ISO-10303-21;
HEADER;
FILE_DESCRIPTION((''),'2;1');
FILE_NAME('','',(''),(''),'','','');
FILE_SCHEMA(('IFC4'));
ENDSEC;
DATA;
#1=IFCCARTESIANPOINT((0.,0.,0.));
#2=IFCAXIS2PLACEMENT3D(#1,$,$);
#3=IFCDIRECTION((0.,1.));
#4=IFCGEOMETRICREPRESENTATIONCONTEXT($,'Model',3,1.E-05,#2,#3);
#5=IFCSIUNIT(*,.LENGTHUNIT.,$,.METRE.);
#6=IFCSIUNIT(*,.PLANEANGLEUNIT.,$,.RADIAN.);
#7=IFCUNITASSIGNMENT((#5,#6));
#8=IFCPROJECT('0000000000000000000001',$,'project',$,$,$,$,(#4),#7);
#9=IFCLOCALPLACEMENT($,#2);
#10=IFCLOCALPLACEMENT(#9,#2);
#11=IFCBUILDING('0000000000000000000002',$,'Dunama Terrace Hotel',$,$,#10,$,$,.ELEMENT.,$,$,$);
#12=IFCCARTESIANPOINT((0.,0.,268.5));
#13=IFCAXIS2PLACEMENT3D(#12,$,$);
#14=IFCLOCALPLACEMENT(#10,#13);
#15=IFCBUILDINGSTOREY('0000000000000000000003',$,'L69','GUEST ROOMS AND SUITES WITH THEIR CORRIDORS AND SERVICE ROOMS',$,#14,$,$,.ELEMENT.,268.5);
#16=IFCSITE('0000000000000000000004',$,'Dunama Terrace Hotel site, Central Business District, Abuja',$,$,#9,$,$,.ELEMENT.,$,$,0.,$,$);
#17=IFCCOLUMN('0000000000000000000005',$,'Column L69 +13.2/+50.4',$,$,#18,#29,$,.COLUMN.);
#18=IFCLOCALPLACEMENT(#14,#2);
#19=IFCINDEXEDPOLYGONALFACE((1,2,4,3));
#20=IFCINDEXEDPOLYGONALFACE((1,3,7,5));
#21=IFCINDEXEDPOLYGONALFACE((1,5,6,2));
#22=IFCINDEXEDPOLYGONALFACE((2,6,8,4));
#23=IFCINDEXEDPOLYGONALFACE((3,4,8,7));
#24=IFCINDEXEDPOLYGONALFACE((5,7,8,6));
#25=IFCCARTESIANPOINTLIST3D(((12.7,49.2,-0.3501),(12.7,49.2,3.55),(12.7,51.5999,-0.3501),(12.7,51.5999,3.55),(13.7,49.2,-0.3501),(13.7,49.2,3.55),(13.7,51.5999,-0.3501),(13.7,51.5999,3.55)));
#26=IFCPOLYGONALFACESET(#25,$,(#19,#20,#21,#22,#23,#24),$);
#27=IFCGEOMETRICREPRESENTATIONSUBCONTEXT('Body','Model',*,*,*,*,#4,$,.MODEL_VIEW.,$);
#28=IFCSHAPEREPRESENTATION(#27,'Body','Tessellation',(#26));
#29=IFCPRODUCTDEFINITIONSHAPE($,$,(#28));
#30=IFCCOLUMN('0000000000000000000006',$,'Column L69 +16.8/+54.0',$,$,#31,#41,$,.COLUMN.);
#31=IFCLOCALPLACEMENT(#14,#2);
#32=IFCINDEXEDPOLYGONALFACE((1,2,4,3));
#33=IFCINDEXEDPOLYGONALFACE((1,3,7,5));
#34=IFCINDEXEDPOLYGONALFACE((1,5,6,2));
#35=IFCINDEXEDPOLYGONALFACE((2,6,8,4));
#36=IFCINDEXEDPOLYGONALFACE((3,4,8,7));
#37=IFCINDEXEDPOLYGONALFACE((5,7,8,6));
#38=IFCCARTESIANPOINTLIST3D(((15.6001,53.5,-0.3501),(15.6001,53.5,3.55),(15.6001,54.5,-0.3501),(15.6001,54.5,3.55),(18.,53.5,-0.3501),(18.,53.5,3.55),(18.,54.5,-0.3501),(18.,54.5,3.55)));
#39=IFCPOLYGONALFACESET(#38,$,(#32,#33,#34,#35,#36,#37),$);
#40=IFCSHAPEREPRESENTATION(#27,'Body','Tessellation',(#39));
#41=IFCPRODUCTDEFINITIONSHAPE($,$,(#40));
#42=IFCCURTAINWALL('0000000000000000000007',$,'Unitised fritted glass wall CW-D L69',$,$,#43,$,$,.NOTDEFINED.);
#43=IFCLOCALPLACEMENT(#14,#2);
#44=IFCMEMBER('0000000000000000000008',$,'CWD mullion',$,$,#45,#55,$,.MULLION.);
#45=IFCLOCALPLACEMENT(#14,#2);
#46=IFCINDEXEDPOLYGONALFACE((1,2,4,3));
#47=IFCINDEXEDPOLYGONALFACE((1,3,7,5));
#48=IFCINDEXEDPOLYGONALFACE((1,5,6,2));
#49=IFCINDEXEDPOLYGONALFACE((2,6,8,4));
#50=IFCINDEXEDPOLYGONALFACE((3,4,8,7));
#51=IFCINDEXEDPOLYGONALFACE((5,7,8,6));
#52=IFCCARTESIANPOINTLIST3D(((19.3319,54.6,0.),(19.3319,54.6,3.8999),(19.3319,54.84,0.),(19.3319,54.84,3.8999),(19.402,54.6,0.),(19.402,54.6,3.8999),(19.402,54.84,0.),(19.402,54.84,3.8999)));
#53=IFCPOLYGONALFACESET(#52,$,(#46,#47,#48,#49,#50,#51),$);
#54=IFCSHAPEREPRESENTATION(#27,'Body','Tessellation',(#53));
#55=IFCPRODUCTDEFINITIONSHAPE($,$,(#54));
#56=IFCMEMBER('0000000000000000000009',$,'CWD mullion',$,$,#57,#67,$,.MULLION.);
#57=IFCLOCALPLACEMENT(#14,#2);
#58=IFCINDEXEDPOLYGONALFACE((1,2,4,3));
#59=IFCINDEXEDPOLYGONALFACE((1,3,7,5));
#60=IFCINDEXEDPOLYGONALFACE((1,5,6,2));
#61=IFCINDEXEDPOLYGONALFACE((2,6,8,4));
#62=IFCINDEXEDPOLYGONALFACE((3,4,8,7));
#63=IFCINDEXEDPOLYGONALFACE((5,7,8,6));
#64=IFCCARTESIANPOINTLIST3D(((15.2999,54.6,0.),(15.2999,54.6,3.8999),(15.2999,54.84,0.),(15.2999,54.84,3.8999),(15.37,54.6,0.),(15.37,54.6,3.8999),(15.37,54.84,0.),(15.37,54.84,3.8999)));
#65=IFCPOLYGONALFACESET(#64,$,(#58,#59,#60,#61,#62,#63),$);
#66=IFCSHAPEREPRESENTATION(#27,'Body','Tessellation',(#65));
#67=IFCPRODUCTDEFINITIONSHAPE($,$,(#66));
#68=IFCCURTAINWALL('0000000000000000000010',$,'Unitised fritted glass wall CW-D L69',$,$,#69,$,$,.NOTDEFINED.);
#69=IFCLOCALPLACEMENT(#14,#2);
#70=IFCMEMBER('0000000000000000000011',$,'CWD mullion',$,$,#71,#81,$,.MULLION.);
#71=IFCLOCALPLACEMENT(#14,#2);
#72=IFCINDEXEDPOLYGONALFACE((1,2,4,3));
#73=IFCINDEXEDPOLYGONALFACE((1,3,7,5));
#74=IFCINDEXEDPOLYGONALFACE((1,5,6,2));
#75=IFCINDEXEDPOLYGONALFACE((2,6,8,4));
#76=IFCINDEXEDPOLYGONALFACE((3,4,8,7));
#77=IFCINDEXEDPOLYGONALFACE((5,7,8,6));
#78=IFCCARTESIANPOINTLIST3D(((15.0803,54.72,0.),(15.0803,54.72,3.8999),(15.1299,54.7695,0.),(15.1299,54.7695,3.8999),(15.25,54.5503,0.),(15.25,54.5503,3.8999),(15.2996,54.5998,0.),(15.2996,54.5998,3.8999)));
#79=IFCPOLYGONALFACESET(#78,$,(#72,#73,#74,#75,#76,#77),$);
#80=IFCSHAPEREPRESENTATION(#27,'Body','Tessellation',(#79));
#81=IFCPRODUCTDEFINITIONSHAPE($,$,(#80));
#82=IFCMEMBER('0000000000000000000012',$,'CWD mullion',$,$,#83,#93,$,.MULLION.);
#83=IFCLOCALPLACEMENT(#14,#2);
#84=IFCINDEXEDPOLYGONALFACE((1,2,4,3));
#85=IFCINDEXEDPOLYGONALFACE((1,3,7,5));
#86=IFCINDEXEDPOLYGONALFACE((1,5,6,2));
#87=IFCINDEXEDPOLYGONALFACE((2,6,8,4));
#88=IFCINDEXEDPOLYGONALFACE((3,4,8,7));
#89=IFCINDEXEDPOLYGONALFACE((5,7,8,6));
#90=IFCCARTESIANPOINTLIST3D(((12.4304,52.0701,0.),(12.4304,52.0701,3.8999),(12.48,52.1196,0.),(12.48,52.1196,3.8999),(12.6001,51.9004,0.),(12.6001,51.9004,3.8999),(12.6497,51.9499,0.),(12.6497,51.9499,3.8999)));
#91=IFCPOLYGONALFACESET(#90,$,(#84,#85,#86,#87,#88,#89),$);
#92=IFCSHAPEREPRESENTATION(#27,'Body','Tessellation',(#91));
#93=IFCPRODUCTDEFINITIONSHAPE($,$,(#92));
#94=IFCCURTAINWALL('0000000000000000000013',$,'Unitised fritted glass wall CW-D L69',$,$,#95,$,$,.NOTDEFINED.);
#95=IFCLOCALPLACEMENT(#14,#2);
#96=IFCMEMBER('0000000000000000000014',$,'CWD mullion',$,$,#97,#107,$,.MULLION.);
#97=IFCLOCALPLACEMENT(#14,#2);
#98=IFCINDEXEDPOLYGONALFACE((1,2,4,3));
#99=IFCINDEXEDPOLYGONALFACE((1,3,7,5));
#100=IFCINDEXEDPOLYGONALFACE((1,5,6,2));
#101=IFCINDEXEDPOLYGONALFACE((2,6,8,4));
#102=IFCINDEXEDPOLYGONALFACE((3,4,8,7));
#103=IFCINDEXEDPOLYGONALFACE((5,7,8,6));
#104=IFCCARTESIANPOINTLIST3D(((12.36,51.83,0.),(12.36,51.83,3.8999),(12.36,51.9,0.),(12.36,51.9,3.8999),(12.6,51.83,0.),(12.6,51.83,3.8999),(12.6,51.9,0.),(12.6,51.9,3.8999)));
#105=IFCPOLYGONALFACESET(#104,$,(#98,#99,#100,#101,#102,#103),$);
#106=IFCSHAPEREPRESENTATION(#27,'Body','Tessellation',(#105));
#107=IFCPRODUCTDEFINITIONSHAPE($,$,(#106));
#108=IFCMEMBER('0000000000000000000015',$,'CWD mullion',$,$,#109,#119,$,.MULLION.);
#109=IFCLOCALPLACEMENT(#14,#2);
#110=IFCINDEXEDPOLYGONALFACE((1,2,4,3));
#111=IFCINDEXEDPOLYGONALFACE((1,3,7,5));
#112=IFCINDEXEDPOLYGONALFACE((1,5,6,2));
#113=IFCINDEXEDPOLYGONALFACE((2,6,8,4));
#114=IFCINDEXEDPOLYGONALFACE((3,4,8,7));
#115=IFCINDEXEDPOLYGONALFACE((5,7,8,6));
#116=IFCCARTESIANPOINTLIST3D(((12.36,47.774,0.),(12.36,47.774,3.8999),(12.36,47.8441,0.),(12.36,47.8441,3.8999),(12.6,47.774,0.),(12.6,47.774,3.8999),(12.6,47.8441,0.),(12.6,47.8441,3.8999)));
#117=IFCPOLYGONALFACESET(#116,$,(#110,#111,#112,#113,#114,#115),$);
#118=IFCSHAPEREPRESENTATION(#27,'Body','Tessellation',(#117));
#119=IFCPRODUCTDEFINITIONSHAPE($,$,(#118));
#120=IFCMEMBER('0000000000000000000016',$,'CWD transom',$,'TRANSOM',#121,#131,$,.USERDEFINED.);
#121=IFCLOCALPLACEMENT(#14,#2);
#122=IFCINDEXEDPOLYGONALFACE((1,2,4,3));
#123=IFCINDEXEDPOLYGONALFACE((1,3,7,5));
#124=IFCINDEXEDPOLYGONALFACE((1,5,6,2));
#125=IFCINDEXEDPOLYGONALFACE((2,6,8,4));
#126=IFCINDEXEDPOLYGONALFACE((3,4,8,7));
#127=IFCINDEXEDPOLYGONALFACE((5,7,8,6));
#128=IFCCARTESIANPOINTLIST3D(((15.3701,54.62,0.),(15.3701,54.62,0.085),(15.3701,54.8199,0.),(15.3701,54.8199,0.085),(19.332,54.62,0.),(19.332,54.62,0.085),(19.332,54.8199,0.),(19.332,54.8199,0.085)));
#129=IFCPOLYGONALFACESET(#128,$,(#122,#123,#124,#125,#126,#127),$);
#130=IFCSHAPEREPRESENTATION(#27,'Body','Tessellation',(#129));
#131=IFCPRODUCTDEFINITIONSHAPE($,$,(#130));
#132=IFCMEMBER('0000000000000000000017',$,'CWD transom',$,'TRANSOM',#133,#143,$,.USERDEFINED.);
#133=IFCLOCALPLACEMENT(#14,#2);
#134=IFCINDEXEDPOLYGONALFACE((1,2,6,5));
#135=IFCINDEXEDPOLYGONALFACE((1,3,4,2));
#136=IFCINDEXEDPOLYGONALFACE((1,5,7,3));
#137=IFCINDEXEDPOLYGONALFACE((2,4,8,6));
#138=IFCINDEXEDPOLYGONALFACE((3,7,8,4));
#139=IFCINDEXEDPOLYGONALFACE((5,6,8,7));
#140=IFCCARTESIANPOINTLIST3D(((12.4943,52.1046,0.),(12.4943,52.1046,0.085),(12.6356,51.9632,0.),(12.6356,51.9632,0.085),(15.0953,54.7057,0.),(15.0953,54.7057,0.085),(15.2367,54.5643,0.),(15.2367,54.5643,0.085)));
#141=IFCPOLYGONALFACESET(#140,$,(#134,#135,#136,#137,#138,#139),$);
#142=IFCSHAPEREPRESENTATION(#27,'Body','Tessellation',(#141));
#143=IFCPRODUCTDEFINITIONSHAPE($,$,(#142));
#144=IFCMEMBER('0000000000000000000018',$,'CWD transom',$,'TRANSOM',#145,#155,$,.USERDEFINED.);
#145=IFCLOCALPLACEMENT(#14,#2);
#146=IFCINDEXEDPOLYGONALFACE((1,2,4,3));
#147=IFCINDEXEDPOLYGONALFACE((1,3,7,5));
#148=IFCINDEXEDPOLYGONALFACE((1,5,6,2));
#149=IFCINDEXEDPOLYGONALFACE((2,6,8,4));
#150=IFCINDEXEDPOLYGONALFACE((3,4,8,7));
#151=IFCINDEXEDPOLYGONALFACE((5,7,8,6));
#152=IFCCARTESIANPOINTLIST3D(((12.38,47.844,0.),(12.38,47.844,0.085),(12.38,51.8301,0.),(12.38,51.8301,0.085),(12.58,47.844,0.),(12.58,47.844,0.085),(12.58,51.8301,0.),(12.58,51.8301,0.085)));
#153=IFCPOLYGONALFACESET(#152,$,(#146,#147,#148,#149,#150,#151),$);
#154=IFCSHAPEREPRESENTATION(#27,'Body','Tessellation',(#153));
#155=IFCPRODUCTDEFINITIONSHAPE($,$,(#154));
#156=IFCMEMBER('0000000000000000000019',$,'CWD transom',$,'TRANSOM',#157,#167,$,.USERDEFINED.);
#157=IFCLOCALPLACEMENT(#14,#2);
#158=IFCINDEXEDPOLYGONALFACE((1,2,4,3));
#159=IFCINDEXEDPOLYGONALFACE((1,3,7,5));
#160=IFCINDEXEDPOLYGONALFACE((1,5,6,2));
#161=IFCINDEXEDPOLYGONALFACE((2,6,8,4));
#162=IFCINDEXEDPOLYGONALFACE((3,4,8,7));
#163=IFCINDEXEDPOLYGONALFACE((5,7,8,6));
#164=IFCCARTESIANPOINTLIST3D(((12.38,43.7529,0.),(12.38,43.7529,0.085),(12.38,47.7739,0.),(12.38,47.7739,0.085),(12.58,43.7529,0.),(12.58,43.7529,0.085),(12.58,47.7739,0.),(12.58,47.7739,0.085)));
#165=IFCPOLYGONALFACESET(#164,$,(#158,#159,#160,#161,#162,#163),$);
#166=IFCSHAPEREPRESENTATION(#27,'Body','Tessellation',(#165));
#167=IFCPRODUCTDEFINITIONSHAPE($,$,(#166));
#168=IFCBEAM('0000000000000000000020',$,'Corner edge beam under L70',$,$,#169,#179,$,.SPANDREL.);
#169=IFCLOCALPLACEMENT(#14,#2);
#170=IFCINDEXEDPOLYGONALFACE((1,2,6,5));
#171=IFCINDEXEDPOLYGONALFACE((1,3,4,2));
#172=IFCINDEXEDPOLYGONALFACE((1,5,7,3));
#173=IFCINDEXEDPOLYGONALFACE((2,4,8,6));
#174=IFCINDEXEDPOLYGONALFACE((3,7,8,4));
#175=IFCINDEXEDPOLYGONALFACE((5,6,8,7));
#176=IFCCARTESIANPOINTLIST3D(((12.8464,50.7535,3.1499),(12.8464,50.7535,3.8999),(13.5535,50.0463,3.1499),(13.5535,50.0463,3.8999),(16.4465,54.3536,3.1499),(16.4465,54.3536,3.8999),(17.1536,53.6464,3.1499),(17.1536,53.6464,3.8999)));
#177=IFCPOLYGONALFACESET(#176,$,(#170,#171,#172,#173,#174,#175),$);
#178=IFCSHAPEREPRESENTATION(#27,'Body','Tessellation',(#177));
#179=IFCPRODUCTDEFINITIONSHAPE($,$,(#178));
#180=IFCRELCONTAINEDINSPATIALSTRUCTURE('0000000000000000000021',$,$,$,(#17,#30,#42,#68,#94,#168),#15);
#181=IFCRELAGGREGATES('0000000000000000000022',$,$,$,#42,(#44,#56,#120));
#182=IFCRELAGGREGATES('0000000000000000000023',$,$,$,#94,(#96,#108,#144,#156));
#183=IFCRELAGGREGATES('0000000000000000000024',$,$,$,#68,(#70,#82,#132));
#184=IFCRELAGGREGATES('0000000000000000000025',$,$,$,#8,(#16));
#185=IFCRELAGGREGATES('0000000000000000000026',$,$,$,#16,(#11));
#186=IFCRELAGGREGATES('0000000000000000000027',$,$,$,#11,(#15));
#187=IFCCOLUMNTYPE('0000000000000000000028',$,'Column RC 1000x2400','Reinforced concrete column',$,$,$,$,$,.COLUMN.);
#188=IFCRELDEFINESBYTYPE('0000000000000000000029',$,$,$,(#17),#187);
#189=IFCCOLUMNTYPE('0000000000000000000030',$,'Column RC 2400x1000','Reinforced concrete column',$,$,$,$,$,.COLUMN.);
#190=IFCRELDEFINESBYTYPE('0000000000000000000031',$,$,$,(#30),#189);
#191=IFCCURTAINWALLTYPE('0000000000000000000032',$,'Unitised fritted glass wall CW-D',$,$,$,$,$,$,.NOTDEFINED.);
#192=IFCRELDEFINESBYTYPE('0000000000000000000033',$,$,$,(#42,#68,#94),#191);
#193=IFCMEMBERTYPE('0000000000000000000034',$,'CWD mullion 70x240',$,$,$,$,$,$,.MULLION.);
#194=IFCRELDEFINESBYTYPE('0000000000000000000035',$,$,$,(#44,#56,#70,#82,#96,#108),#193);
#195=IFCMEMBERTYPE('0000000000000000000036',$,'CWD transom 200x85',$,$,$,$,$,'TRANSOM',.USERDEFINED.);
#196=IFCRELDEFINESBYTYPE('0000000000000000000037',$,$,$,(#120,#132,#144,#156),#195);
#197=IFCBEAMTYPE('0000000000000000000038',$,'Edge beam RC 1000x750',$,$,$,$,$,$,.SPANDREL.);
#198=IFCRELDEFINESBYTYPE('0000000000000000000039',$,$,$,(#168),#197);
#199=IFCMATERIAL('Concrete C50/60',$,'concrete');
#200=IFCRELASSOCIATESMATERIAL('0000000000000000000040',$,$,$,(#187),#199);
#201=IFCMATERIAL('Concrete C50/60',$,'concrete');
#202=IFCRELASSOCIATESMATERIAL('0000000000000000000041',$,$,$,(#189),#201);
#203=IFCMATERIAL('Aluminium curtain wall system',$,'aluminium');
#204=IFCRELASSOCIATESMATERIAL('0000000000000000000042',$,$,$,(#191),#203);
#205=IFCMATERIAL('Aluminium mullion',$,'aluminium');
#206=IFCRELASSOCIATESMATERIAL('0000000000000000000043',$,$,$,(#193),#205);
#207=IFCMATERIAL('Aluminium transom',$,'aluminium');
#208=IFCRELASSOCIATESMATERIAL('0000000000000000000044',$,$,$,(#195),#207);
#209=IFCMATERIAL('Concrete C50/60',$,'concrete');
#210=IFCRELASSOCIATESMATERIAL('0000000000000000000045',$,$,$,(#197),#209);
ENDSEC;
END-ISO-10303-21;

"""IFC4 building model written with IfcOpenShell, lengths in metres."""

from ifc_helpers import new_model, si_unit, direction, frame, origin, origin_2d, place, context, subcontext, project, spatial, rectangle, extrude, material, material_profile, profile_set, type_object, element, aggregate, save


model = new_model("IFC4")

# Units and contexts
model_context = context("Model", 3, precision=1e-05, world=origin(), true_north=direction((0.0, 1.0)))
body_context = subcontext(model_context, "Body", "Model", "MODEL_VIEW")
ifc_project = project(units=[si_unit("LENGTHUNIT", "METRE"), si_unit("PLANEANGLEUNIT", "RADIAN")], contexts=[model_context])

# Site, building, storey
site_placement = place(None, origin())
site = spatial("IfcSite", under=ifc_project, at=site_placement, Name="Dunama Terrace Hotel site, Central Business District, Abuja", CompositionType="ELEMENT", RefElevation=0.0)
building_placement = place(site_placement, origin())
building = spatial("IfcBuilding", under=site, at=building_placement, Name="Dunama Terrace Hotel", CompositionType="ELEMENT")
storey_placement = place(building_placement, frame((0.0, 0.0, 268.5)))
storey = spatial("IfcBuildingStorey", under=building, at=storey_placement, Name="L69", Description="GUEST ROOMS AND SUITES WITH THEIR CORRIDORS AND SERVICE ROOMS", CompositionType="ELEMENT", Elevation=268.5)

# Columns
ifc_material_1 = material(Name="Concrete C50/60", Category="concrete")
ifc_material_profile_1 = material_profile(ifc_material_1, rectangle(XDim=1.0, YDim=2.3999, at=origin_2d()), Name="RC 1000x2400")
ifc_profile_set_1 = profile_set([ifc_material_profile_1], Name="Concrete C50/60")
column_type_1 = type_object("IfcColumnType", Name="Column RC 1000x2400", Description="Reinforced concrete column", PredefinedType="COLUMN", material=ifc_profile_set_1)
column_1_placement = place(storey_placement, frame((13.2, 50.3999, -0.3501), z_axis=(0.0, 0.0, 1.0), x_axis=(1.0, 0.0, 0.0)))
element("IfcColumn", 1, at=column_1_placement, inside=storey, type_object=column_type_1, Name="Column L69 +13.2/+50.4", PredefinedType="COLUMN", context=body_context, shape_type="SweptSolid", body=[
    extrude(rectangle(XDim=1.0, YDim=2.3999, at=origin_2d()), origin(), (0.0, 0.0, 1.0), 3.9001),
])
ifc_material_2 = material(Name="Concrete C50/60", Category="concrete")
ifc_material_profile_2 = material_profile(ifc_material_2, rectangle(XDim=2.3999, YDim=1.0, at=origin_2d()), Name="RC 2400x1000")
ifc_profile_set_2 = profile_set([ifc_material_profile_2], Name="Concrete C50/60")
column_type_2 = type_object("IfcColumnType", Name="Column RC 2400x1000", Description="Reinforced concrete column", PredefinedType="COLUMN", material=ifc_profile_set_2)
column_2_placement = place(storey_placement, frame((16.8, 54.0, -0.3501), z_axis=(0.0, 0.0, 1.0), x_axis=(1.0, 0.0, 0.0)))
element("IfcColumn", 2, at=column_2_placement, inside=storey, type_object=column_type_2, Name="Column L69 +16.8/+54.0", PredefinedType="COLUMN", context=body_context, shape_type="SweptSolid", body=[
    extrude(rectangle(XDim=2.3999, YDim=1.0, at=origin_2d()), origin(), (0.0, 0.0, 1.0), 3.9001),
])

# Curtain walls, members
ifc_material_3 = material(Name="Aluminium curtain wall system", Category="aluminium")
curtain_wall_type = type_object("IfcCurtainWallType", Name="Unitised fritted glass wall CW-D", PredefinedType="NOTDEFINED", material=ifc_material_3)
curtain_wall_1_placement = place(storey_placement, origin())
curtain_wall_1 = element("IfcCurtainWall", 3, at=curtain_wall_1_placement, inside=storey, type_object=curtain_wall_type, Name="Unitised fritted glass wall CW-D L69", PredefinedType="NOTDEFINED")
ifc_material_4 = material(Name="Aluminium mullion", Category="aluminium")
ifc_material_profile_3 = material_profile(ifc_material_4, rectangle(XDim=0.0701, YDim=0.24, at=origin_2d()), Name="CWD MULLION 70X240")
ifc_profile_set_3 = profile_set([ifc_material_profile_3], Name="Aluminium mullion")
member_type_1 = type_object("IfcMemberType", Name="CWD mullion 70x240", PredefinedType="MULLION", material=ifc_profile_set_3)
member_1_placement = place(storey_placement, frame((19.3669, 54.72, 0.0), z_axis=(0.0, 0.0, 1.0), x_axis=(-1.0, 0.0, 0.0)))
member_1 = element("IfcMember", 4, at=member_1_placement, type_object=member_type_1, Name="CWD mullion", PredefinedType="MULLION", context=body_context, shape_type="SweptSolid", body=[
    extrude(rectangle(XDim=0.0701, YDim=0.24, at=origin_2d()), origin(), (0.0, 0.0, 1.0), 3.8999),
])
member_2_placement = place(storey_placement, frame((15.335, 54.72, 0.0), z_axis=(0.0, 0.0, 1.0), x_axis=(-1.0, 0.0, 0.0)))
member_2 = element("IfcMember", 5, at=member_2_placement, type_object=member_type_1, Name="CWD mullion", PredefinedType="MULLION", context=body_context, shape_type="SweptSolid", body=[
    extrude(rectangle(XDim=0.0701, YDim=0.24, at=origin_2d()), origin(), (0.0, 0.0, 1.0), 3.8999),
])
curtain_wall_2_placement = place(storey_placement, origin())
curtain_wall_2 = element("IfcCurtainWall", 6, at=curtain_wall_2_placement, inside=storey, type_object=curtain_wall_type, Name="Unitised fritted glass wall CW-D L69", PredefinedType="NOTDEFINED")
member_3_placement = place(storey_placement, frame((15.1899, 54.6599, 0.0), z_axis=(0.0, 0.0, 1.0), x_axis=(-0.707107, -0.707107, 0.0)))
member_3 = element("IfcMember", 7, at=member_3_placement, type_object=member_type_1, Name="CWD mullion", PredefinedType="MULLION", context=body_context, shape_type="SweptSolid", body=[
    extrude(rectangle(XDim=0.0701, YDim=0.24, at=origin_2d()), origin(), (0.0, 0.0, 1.0), 3.8999),
])
member_4_placement = place(storey_placement, frame((12.54, 52.01, 0.0), z_axis=(0.0, 0.0, 1.0), x_axis=(-0.707107, -0.707107, 0.0)))
member_4 = element("IfcMember", 8, at=member_4_placement, type_object=member_type_1, Name="CWD mullion", PredefinedType="MULLION", context=body_context, shape_type="SweptSolid", body=[
    extrude(rectangle(XDim=0.0701, YDim=0.24, at=origin_2d()), origin(), (0.0, 0.0, 1.0), 3.8999),
])
curtain_wall_3_placement = place(storey_placement, origin())
curtain_wall_3 = element("IfcCurtainWall", 9, at=curtain_wall_3_placement, inside=storey, type_object=curtain_wall_type, Name="Unitised fritted glass wall CW-D L69", PredefinedType="NOTDEFINED")
member_5_placement = place(storey_placement, frame((12.48, 51.865, 0.0), z_axis=(0.0, 0.0, 1.0), x_axis=(0.0, -1.0, 0.0)))
member_5 = element("IfcMember", 10, at=member_5_placement, type_object=member_type_1, Name="CWD mullion", PredefinedType="MULLION", context=body_context, shape_type="SweptSolid", body=[
    extrude(rectangle(XDim=0.0701, YDim=0.24, at=origin_2d()), origin(), (0.0, 0.0, 1.0), 3.8999),
])
member_6_placement = place(storey_placement, frame((12.48, 47.8091, 0.0), z_axis=(0.0, 0.0, 1.0), x_axis=(0.0, -1.0, 0.0)))
member_6 = element("IfcMember", 11, at=member_6_placement, type_object=member_type_1, Name="CWD mullion", PredefinedType="MULLION", context=body_context, shape_type="SweptSolid", body=[
    extrude(rectangle(XDim=0.0701, YDim=0.24, at=origin_2d()), origin(), (0.0, 0.0, 1.0), 3.8999),
])

# Members
ifc_material_5 = material(Name="Aluminium transom", Category="aluminium")
ifc_material_profile_4 = material_profile(ifc_material_5, rectangle(XDim=0.2, YDim=0.085, at=origin_2d()), Name="CWD TRANSOM 200X85")
ifc_profile_set_4 = profile_set([ifc_material_profile_4], Name="Aluminium transom")
member_type_2 = type_object("IfcMemberType", Name="CWD transom 200x85", ElementType="TRANSOM", PredefinedType="USERDEFINED", material=ifc_profile_set_4)
member_7_placement = place(storey_placement, frame((19.332, 54.72, 0.0425), z_axis=(-1.0, 0.0, 0.0), x_axis=(0.0, -1.0, 0.0)))
member_7 = element("IfcMember", 12, at=member_7_placement, type_object=member_type_2, Name="CWD transom", ObjectType="TRANSOM", PredefinedType="USERDEFINED", context=body_context, shape_type="SweptSolid", body=[
    extrude(rectangle(XDim=0.2, YDim=0.085, at=origin_2d()), origin(), (0.0, 0.0, 1.0), 3.9619),
])
member_8_placement = place(storey_placement, frame((15.166, 54.635, 0.0425), z_axis=(-0.707107, -0.707107, 0.0), x_axis=(0.707107, -0.707107, 0.0)))
member_8 = element("IfcMember", 13, at=member_8_placement, type_object=member_type_2, Name="CWD transom", ObjectType="TRANSOM", PredefinedType="USERDEFINED", context=body_context, shape_type="SweptSolid", body=[
    extrude(rectangle(XDim=0.2, YDim=0.085, at=origin_2d()), origin(), (0.0, 0.0, 1.0), 3.6785),
])
member_9_placement = place(storey_placement, frame((12.48, 51.8301, 0.0425), z_axis=(0.0, -1.0, 0.0), x_axis=(1.0, 0.0, 0.0)))
member_9 = element("IfcMember", 14, at=member_9_placement, type_object=member_type_2, Name="CWD transom", ObjectType="TRANSOM", PredefinedType="USERDEFINED", context=body_context, shape_type="SweptSolid", body=[
    extrude(rectangle(XDim=0.2, YDim=0.085, at=origin_2d()), origin(), (0.0, 0.0, 1.0), 3.9861),
])
member_10_placement = place(storey_placement, frame((12.48, 47.7739, 0.0425), z_axis=(0.0, -1.0, 0.0), x_axis=(1.0, 0.0, 0.0)))
member_10 = element("IfcMember", 15, at=member_10_placement, type_object=member_type_2, Name="CWD transom", ObjectType="TRANSOM", PredefinedType="USERDEFINED", context=body_context, shape_type="SweptSolid", body=[
    extrude(rectangle(XDim=0.2, YDim=0.085, at=origin_2d()), origin(), (0.0, 0.0, 1.0), 4.021),
])

# Beam
ifc_material_6 = material(Name="Concrete C50/60", Category="concrete")
ifc_material_profile_5 = material_profile(ifc_material_6, rectangle(XDim=1.0, YDim=0.75, at=origin_2d()), Name="RC 1000x750")
ifc_profile_set_5 = profile_set([ifc_material_profile_5], Name="Concrete C50/60")
beam_type_1 = type_object("IfcBeamType", Name="Edge beam RC 1000x750", PredefinedType="SPANDREL", material=ifc_profile_set_5)
beam_1_placement = place(storey_placement, frame((16.8, 54.0, 3.5249), z_axis=(-0.707107, -0.707107, 0.0), x_axis=(0.707107, -0.707107, 0.0)))
element("IfcBeam", 16, at=beam_1_placement, inside=storey, type_object=beam_type_1, Name="Corner edge beam under L70", PredefinedType="SPANDREL", context=body_context, shape_type="SweptSolid", body=[
    extrude(rectangle(XDim=1.0, YDim=0.75, at=origin_2d()), origin(), (0.0, 0.0, 1.0), 5.0913),
])

aggregate(curtain_wall_1, [member_1, member_2, member_7])
aggregate(curtain_wall_3, [member_5, member_6, member_9, member_10])
aggregate(curtain_wall_2, [member_3, member_4, member_8])

save(model, "model.ifc")
